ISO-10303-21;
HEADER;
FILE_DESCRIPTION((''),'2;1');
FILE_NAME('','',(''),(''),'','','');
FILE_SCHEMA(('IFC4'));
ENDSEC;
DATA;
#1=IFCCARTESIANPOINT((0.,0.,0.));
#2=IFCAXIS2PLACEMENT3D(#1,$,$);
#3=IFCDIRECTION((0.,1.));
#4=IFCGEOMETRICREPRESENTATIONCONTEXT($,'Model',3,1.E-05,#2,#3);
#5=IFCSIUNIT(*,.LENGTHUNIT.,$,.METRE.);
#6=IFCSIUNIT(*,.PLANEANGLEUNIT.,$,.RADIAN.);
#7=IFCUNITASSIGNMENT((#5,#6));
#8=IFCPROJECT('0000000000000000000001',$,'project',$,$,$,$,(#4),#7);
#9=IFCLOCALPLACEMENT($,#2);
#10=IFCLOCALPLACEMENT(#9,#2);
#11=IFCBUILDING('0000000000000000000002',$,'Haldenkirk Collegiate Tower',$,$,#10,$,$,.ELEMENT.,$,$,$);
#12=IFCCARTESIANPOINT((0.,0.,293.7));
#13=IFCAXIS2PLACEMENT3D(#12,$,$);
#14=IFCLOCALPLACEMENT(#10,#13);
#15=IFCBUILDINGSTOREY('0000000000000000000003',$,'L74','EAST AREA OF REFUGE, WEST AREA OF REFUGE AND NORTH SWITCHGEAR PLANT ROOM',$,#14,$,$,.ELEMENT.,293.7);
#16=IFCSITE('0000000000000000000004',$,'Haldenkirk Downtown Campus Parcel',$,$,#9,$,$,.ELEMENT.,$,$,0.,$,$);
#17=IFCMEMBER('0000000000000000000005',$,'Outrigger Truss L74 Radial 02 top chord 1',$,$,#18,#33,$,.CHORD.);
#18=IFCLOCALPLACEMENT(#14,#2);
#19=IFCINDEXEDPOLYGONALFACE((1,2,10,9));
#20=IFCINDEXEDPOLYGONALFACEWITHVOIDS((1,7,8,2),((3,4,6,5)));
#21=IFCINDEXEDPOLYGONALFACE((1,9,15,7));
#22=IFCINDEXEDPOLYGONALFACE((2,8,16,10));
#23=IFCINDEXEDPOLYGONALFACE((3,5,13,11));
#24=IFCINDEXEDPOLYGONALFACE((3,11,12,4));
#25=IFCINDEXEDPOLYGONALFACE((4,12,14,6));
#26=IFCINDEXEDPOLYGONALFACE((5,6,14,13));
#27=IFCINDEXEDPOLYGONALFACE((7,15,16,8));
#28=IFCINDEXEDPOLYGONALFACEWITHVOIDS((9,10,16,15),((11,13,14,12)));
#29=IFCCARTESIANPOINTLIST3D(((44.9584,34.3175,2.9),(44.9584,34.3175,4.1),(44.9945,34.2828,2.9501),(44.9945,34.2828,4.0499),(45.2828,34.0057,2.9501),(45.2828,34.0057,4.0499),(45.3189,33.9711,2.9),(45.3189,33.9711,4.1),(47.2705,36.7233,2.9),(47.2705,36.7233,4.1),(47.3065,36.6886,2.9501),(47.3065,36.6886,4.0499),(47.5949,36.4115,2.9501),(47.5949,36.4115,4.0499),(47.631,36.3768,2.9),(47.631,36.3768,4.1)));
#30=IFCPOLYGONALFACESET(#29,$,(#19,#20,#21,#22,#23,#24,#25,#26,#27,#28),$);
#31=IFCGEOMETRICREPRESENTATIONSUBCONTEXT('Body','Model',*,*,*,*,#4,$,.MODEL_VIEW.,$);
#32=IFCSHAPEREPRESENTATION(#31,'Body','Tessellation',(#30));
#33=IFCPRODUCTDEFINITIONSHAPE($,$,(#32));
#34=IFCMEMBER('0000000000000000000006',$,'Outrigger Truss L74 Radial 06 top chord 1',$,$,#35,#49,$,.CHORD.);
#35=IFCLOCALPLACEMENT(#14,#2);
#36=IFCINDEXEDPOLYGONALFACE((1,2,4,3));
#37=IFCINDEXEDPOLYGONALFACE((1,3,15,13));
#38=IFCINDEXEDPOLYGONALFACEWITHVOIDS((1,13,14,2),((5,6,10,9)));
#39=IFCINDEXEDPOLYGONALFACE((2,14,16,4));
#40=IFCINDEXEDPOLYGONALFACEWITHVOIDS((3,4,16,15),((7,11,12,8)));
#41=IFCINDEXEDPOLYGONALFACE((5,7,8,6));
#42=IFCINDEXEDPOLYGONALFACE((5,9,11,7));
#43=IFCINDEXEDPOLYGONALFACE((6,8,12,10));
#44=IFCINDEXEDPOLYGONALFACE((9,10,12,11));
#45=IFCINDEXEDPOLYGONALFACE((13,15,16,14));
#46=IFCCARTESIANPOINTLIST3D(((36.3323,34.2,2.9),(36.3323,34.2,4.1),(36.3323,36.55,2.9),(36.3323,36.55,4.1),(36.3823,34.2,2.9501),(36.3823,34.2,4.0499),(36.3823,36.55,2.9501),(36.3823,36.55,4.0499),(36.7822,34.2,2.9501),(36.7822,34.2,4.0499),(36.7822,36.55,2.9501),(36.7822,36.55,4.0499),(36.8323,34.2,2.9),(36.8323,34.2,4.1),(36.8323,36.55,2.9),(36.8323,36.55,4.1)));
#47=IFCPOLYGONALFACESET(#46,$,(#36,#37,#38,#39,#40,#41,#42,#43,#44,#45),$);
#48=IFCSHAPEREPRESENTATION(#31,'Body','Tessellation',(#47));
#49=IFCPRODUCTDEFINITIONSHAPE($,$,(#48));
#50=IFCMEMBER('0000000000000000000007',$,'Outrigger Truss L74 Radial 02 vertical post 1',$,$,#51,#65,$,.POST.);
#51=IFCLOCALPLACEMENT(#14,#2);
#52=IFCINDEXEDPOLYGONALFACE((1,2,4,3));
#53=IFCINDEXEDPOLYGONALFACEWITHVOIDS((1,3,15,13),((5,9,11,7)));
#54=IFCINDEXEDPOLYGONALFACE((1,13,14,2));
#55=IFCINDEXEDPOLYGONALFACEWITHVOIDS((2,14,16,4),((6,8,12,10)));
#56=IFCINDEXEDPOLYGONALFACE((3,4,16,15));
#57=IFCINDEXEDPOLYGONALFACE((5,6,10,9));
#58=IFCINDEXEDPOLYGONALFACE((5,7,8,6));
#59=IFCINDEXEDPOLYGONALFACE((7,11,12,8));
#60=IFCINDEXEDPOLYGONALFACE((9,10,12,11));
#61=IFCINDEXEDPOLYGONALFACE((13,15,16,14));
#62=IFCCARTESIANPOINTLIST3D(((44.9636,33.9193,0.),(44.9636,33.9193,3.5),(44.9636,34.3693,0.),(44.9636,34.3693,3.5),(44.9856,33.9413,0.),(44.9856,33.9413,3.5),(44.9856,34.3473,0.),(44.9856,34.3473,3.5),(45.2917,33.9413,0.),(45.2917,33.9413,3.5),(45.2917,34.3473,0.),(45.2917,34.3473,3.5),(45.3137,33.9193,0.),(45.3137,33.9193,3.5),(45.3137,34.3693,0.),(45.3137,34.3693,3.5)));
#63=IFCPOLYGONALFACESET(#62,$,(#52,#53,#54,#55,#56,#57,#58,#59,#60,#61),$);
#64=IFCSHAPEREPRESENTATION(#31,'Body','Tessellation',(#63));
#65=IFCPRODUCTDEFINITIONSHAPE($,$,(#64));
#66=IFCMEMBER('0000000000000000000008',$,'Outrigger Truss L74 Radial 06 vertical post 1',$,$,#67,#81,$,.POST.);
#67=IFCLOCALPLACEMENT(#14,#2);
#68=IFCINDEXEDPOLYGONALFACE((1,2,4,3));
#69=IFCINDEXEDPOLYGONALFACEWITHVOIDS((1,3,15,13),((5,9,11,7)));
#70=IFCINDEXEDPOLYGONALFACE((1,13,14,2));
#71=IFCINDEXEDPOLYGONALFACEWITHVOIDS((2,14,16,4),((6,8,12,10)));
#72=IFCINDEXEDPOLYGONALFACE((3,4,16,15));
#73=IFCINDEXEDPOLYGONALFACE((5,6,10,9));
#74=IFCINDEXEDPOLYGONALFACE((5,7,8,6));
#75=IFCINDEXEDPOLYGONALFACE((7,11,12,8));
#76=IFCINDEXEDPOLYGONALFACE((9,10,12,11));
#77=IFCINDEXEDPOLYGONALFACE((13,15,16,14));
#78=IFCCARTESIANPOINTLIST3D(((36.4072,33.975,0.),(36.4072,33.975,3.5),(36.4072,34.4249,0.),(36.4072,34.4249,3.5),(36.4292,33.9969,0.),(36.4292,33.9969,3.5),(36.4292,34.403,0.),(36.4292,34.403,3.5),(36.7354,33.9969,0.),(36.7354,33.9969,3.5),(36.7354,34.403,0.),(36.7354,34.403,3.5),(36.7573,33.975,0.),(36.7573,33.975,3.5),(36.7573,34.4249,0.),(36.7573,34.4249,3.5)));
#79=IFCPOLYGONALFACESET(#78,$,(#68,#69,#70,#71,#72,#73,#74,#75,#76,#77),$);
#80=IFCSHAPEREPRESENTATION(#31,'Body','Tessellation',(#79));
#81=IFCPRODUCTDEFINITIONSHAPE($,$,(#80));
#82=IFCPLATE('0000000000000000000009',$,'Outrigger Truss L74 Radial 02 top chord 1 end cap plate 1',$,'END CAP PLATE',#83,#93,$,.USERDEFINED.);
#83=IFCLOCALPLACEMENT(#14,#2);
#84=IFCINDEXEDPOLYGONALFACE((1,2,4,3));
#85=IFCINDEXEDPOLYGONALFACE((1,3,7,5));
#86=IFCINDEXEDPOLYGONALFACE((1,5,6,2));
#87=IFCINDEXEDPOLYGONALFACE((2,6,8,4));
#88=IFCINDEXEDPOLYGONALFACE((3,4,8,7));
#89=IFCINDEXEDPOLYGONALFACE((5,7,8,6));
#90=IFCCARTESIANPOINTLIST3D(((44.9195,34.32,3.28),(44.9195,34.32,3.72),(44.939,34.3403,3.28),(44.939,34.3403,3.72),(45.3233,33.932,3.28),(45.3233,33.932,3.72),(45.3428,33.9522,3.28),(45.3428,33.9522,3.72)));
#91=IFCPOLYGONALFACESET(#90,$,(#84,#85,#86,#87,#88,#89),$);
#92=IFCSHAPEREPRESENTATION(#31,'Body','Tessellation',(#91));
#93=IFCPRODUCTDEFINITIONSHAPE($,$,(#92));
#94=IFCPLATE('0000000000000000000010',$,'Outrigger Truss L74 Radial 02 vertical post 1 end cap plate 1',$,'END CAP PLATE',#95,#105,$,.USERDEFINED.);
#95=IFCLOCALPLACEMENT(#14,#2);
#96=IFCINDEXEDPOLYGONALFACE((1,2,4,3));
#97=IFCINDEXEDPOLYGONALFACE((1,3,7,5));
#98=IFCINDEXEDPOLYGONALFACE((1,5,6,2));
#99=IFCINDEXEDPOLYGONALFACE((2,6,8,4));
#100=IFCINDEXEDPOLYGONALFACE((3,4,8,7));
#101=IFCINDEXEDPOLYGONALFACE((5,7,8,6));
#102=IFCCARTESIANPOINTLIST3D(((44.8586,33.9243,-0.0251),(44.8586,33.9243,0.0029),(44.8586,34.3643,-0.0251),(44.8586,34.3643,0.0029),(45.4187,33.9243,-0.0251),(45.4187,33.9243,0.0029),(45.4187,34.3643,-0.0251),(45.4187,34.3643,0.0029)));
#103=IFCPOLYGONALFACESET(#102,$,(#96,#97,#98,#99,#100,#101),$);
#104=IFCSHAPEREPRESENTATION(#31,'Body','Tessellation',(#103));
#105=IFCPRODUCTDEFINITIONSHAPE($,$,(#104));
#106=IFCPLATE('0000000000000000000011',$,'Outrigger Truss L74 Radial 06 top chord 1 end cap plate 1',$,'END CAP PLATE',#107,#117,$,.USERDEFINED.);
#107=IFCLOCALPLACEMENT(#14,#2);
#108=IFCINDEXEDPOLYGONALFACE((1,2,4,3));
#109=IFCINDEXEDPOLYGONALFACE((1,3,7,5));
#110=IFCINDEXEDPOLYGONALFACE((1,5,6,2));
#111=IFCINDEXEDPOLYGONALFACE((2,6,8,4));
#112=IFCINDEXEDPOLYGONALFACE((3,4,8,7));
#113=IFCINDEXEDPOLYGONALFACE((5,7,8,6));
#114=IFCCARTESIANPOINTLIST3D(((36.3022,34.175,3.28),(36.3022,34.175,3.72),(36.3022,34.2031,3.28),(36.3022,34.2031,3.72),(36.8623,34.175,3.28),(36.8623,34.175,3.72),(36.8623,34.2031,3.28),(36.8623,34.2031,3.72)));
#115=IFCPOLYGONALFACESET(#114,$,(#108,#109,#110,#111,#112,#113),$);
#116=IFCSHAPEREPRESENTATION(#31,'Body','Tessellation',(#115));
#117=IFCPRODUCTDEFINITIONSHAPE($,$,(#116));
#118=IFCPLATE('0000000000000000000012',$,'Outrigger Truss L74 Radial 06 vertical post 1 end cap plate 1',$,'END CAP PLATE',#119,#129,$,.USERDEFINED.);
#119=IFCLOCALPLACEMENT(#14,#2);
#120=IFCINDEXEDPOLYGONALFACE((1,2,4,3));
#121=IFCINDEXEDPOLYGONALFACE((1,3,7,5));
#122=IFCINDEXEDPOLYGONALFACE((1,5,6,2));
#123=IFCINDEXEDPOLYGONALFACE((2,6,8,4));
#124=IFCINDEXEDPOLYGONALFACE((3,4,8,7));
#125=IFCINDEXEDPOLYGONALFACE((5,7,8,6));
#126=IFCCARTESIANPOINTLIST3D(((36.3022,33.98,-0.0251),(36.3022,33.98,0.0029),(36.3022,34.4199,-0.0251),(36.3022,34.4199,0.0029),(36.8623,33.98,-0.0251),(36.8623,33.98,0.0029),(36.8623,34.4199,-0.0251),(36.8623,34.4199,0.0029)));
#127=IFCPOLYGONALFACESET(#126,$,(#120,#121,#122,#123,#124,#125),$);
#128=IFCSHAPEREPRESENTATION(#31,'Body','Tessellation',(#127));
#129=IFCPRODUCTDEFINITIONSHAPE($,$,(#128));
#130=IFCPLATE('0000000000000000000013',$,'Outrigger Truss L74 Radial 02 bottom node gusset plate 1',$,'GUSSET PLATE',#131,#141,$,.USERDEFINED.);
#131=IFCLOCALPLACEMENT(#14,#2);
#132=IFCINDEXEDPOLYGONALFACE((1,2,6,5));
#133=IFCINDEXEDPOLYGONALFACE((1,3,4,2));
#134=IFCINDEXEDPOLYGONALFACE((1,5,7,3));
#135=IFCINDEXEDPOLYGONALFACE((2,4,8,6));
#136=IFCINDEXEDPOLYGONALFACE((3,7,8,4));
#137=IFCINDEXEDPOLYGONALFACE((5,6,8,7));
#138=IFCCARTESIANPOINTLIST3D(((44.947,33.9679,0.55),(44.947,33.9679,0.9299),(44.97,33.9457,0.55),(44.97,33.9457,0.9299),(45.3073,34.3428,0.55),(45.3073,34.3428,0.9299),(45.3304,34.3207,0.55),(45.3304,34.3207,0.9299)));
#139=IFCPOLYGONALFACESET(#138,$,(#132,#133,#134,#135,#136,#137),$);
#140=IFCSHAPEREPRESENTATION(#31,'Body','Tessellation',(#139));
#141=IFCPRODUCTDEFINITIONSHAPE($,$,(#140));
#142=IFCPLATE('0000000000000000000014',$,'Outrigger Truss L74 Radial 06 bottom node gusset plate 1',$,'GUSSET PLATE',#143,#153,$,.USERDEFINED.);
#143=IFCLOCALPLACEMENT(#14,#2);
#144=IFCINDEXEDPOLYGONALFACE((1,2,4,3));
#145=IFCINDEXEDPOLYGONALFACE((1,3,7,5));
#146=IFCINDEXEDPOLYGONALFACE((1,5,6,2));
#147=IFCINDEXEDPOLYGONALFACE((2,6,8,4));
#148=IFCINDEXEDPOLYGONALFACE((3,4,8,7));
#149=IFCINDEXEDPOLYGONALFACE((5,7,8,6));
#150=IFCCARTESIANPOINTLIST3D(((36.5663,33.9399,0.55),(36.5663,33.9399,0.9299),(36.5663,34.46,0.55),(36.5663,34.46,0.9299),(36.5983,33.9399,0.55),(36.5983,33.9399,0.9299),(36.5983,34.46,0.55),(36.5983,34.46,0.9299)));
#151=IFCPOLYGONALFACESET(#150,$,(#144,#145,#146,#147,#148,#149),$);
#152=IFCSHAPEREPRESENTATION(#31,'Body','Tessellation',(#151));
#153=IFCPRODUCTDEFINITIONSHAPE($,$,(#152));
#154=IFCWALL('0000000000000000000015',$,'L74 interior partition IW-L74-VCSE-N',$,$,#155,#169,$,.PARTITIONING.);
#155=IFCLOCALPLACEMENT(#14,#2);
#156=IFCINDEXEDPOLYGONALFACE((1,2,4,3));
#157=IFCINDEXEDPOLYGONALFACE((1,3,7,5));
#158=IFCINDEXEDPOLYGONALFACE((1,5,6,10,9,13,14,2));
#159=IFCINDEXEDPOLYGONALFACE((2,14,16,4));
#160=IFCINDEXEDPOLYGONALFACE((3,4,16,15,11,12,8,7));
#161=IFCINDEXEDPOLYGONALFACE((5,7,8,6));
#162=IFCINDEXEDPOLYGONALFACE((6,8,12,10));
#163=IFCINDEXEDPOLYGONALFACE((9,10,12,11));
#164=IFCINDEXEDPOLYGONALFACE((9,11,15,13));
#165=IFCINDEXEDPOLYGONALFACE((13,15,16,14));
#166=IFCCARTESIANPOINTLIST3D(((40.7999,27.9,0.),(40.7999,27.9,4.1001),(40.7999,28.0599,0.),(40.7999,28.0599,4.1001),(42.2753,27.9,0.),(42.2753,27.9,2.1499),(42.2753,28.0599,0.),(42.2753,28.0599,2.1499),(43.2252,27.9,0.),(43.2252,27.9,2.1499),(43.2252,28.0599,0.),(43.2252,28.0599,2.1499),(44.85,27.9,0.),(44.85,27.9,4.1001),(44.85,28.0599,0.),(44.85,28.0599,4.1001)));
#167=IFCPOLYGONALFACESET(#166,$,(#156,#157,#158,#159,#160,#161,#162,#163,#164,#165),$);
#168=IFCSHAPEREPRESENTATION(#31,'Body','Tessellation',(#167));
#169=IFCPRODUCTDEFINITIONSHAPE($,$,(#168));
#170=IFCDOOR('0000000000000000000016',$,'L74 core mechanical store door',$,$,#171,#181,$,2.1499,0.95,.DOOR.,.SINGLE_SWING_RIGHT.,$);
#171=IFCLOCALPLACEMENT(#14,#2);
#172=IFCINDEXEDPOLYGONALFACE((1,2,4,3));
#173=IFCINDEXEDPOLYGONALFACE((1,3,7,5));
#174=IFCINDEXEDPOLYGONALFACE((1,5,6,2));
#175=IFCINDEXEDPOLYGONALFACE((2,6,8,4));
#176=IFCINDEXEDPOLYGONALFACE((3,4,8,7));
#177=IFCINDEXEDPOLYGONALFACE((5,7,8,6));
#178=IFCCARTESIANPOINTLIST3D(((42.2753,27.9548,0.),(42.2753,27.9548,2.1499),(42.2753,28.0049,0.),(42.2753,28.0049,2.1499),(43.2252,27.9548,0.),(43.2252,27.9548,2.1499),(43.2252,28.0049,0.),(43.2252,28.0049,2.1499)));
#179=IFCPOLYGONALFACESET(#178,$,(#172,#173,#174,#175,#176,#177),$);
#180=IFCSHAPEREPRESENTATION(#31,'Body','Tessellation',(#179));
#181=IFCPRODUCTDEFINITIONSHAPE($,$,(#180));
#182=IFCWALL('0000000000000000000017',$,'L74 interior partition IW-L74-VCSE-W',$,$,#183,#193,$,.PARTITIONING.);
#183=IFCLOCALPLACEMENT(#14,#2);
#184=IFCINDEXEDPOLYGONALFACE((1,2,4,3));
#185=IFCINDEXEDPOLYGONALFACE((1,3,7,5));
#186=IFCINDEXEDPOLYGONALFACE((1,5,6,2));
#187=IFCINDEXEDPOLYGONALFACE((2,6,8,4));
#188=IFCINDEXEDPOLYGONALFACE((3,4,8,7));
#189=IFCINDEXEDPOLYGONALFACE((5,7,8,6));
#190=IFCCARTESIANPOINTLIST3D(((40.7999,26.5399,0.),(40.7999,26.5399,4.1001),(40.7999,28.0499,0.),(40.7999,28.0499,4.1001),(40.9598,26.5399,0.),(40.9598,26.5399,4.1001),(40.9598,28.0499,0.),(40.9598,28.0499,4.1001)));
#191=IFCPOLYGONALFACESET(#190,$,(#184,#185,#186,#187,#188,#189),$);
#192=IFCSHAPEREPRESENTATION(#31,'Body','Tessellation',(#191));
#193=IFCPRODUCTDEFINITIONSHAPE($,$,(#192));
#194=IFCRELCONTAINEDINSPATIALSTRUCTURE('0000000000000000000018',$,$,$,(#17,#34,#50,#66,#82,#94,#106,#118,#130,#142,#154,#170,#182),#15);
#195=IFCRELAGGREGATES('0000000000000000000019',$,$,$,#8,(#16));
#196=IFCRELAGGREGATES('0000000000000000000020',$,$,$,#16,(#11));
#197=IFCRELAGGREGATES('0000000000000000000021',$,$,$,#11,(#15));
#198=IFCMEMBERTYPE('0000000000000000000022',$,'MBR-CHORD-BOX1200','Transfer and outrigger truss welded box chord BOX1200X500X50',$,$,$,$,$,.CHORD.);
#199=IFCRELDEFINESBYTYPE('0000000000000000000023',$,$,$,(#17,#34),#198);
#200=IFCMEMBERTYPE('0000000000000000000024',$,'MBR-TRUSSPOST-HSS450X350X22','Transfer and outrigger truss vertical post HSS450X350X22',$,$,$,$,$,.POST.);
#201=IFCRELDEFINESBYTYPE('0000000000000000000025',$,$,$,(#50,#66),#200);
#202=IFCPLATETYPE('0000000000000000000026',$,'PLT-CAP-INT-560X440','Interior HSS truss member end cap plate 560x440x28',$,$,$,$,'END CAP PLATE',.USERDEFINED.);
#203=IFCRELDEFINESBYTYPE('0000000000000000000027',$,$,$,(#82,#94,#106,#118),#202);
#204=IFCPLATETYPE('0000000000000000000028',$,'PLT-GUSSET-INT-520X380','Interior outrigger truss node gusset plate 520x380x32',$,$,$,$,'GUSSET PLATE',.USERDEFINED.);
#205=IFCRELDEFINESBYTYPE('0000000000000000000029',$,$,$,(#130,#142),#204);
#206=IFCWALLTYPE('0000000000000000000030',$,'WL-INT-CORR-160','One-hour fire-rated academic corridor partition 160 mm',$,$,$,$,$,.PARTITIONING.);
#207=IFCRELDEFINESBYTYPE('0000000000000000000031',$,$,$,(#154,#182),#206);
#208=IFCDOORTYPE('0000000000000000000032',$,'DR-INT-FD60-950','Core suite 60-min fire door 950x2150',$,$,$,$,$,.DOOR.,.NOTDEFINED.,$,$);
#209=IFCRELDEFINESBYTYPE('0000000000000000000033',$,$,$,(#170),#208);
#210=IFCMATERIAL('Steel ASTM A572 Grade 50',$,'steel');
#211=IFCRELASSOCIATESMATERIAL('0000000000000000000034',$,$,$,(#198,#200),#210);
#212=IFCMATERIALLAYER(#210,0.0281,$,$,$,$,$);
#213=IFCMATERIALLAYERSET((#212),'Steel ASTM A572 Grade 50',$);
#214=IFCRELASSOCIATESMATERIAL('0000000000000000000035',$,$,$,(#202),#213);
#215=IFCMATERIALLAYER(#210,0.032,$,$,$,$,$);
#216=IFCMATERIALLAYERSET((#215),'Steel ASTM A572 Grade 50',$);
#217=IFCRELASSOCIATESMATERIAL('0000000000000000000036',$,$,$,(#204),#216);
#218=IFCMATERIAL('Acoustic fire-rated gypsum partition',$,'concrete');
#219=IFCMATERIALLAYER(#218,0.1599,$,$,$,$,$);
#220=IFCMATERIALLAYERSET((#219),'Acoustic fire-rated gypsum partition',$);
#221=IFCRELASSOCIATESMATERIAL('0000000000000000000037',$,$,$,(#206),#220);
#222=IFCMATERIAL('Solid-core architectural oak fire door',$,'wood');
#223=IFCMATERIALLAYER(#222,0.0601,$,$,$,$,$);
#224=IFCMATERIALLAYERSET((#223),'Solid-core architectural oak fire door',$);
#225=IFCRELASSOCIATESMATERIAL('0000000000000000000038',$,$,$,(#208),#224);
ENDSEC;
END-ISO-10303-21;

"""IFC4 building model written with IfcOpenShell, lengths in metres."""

from ifc_helpers import new_model, si_unit, direction, frame, frame_2d, origin, origin_2d, place, context, subcontext, project, spatial, rectangle, hollow_rectangle, extrude, source, transform, mapped, material, layer, layer_set, material_profile, profile_set, type_object, element, fill, save


model = new_model("IFC4")

# Units and contexts
model_context = context("Model", 3, precision=1e-05, world=origin(), true_north=direction((0.0, 1.0)))
body_context = subcontext(model_context, "Body", "Model", "MODEL_VIEW")
ifc_project = project(units=[si_unit("LENGTHUNIT", "METRE"), si_unit("PLANEANGLEUNIT", "RADIAN")], contexts=[model_context])

# Site, building, storey
site_placement = place(None, origin())
site = spatial("IfcSite", under=ifc_project, at=site_placement, Name="Haldenkirk Downtown Campus Parcel", CompositionType="ELEMENT", RefElevation=0.0)
building_placement = place(site_placement, origin())
building = spatial("IfcBuilding", under=site, at=building_placement, Name="Haldenkirk Collegiate Tower", CompositionType="ELEMENT")
storey_placement = place(building_placement, frame((0.0, 0.0, 293.7)))
storey = spatial("IfcBuildingStorey", under=building, at=storey_placement, Name="L74", Description="EAST AREA OF REFUGE, WEST AREA OF REFUGE AND NORTH SWITCHGEAR PLANT ROOM", CompositionType="ELEMENT", Elevation=293.7)

# Members
ifc_material_1 = material(Name="Steel ASTM A572 Grade 50", Category="steel")
ifc_material_profile_1 = material_profile(ifc_material_1, hollow_rectangle(XDim=0.5, YDim=1.2, WallThickness=0.05, at=origin_2d()), Name="BOX1200X500X50")
ifc_profile_set_1 = profile_set([ifc_material_profile_1], Name="Steel ASTM A572 Grade 50")
member_type_1 = type_object("IfcMemberType", Name="MBR-CHORD-BOX1200", Description="Transfer and outrigger truss welded box chord BOX1200X500X50", PredefinedType="CHORD", material=ifc_profile_set_1)
member_1_placement = place(storey_placement, frame((45.1387, 34.1443, 3.5), z_axis=(0.692919, 0.721016, 0.0), x_axis=(-0.721016, 0.692919, 0.0)))
element("IfcMember", 1, at=member_1_placement, inside=storey, type_object=member_type_1, Name="Outrigger Truss L74 Radial 02 top chord 1", PredefinedType="CHORD", context=body_context, shape_type="SweptSolid", body=[
    extrude(hollow_rectangle(XDim=0.5, YDim=1.2, WallThickness=0.05, at=origin_2d()), origin(), (0.0, 0.0, 1.0), 3.3367),
])
member_2_placement = place(storey_placement, frame((36.5823, 34.2, 3.5), z_axis=(0.0, 1.0, 0.0), x_axis=(-1.0, 0.0, 0.0)))
element("IfcMember", 2, at=member_2_placement, inside=storey, type_object=member_type_1, Name="Outrigger Truss L74 Radial 06 top chord 1", PredefinedType="CHORD", context=body_context, shape_type="SweptSolid", body=[
    extrude(hollow_rectangle(XDim=0.5, YDim=1.2, WallThickness=0.05, at=origin_2d()), origin(), (0.0, 0.0, 1.0), 2.3501),
])
ifc_material_profile_2 = material_profile(ifc_material_1, hollow_rectangle(XDim=0.3501, YDim=0.45, WallThickness=0.022, at=origin_2d()), Name="HSS450X350X22")
ifc_profile_set_2 = profile_set([ifc_material_profile_2], Name="Steel ASTM A572 Grade 50")
member_type_2 = type_object("IfcMemberType", Name="MBR-TRUSSPOST-HSS450X350X22", Description="Transfer and outrigger truss vertical post HSS450X350X22", PredefinedType="POST", material=ifc_profile_set_2)
for number, where, z_axis, x_axis, name in (
    (3, (45.1387, 34.1443, 0.0), (0.0, 0.0, 1.0), (1.0, 0.0, 0.0), "Outrigger Truss L74 Radial 02 vertical post 1"),
    (4, (36.5823, 34.2, 0.0), (0.0, 0.0, 1.0), (1.0, 0.0, 0.0), "Outrigger Truss L74 Radial 06 vertical post 1"),
):
    element("IfcMember", number, at=place(storey_placement, frame(where, z_axis=z_axis, x_axis=x_axis)), inside=storey, type_object=member_type_2, Name=name, PredefinedType="POST", context=body_context, shape_type="SweptSolid", body=[
        extrude(hollow_rectangle(XDim=0.3501, YDim=0.45, WallThickness=0.022, at=origin_2d()), origin(), (0.0, 0.0, 1.0), 3.5),
    ])

# Plates
ifc_layer_1 = layer(ifc_material_1, 0.0281)
ifc_layer_set_1 = layer_set([ifc_layer_1], Name="Steel ASTM A572 Grade 50")
plate_type_1 = type_object("IfcPlateType", Name="PLT-CAP-INT-560X440", Description="Interior HSS truss member end cap plate 560x440x28", ElementType="END CAP PLATE", PredefinedType="USERDEFINED", material=ifc_layer_set_1)
shared_shape_1 = source(origin(), body_context, "Body", "SweptSolid", [
    extrude(rectangle(XDim=0.5601, YDim=0.4399, at=origin_2d()), origin(), (0.0, 0.0, 1.0), 0.0281),
])
for number, where, z_axis, x_axis, name in (
    (5, (45.1409, 34.1462, 3.5), (-0.692942, -0.720993, 0.0), (0.720993, -0.692942, 0.0), "Outrigger Truss L74 Radial 02 top chord 1 end cap plate 1"),
    (6, (45.1387, 34.1443, 0.0029), (0.0, 0.0, -1.0), (1.0, 0.0, 0.0), "Outrigger Truss L74 Radial 02 vertical post 1 end cap plate 1"),
    (7, (36.5823, 34.2031, 3.5), (0.0, -1.0, 0.0), (1.0, 0.0, 0.0), "Outrigger Truss L74 Radial 06 top chord 1 end cap plate 1"),
    (8, (36.5823, 34.2, 0.0029), (0.0, 0.0, -1.0), (1.0, 0.0, 0.0), "Outrigger Truss L74 Radial 06 vertical post 1 end cap plate 1"),
):
    element("IfcPlate", number, at=place(storey_placement, frame(where, z_axis=z_axis, x_axis=x_axis)), inside=storey, type_object=plate_type_1, Name=name, ObjectType="END CAP PLATE", PredefinedType="USERDEFINED", context=body_context, shape_type="MappedRepresentation", body=[
        mapped(shared_shape_1, transform((0.0, 0.0, 0.0), x_axis=(1.0, 0.0, 0.0), y_axis=(0.0, 1.0, 0.0), z_axis=(0.0, 0.0, 1.0), scale=1.0)),
    ])
ifc_layer_2 = layer(ifc_material_1, 0.032)
ifc_layer_set_2 = layer_set([ifc_layer_2], Name="Steel ASTM A572 Grade 50")
plate_type_2 = type_object("IfcPlateType", Name="PLT-GUSSET-INT-520X380", Description="Interior outrigger truss node gusset plate 520x380x32", ElementType="GUSSET PLATE", PredefinedType="USERDEFINED", material=ifc_layer_set_2)
shared_shape_2 = source(origin(), body_context, "Body", "SweptSolid", [
    extrude(rectangle(XDim=0.52, YDim=0.032, at=origin_2d()), origin(), (0.0, 0.0, 1.0), 0.3799),
])
for number, where, z_axis, x_axis, name in (
    (9, (45.1387, 34.1443, 0.55), (0.0, 0.0, 1.0), (0.692946, 0.720989, 0.0), "Outrigger Truss L74 Radial 02 bottom node gusset plate 1"),
    (10, (36.5823, 34.2, 0.55), (0.0, 0.0, 1.0), (0.0, 1.0, 0.0), "Outrigger Truss L74 Radial 06 bottom node gusset plate 1"),
):
    element("IfcPlate", number, at=place(storey_placement, frame(where, z_axis=z_axis, x_axis=x_axis)), inside=storey, type_object=plate_type_2, Name=name, ObjectType="GUSSET PLATE", PredefinedType="USERDEFINED", context=body_context, shape_type="MappedRepresentation", body=[
        mapped(shared_shape_2, transform((0.0, 0.0, 0.0), x_axis=(1.0, 0.0, 0.0), y_axis=(0.0, 1.0, 0.0), z_axis=(0.0, 0.0, 1.0), scale=1.0)),
    ])

# Wall, opening, door
ifc_material_2 = material(Name="Acoustic fire-rated gypsum partition", Category="concrete")
ifc_layer_3 = layer(ifc_material_2, 0.1599)
ifc_layer_set_3 = layer_set([ifc_layer_3], Name="Acoustic fire-rated gypsum partition")
wall_type_1 = type_object("IfcWallType", Name="WL-INT-CORR-160", Description="One-hour fire-rated academic corridor partition 160 mm", PredefinedType="PARTITIONING", material=ifc_layer_set_3)
wall_1_placement = place(storey_placement, frame((40.8, 27.98, 0.0), z_axis=(0.0, 0.0, 1.0), x_axis=(1.0, 0.0, 0.0)))
wall_1 = element("IfcWall", 11, at=wall_1_placement, inside=storey, type_object=wall_type_1, Name="L74 interior partition IW-L74-VCSE-N", PredefinedType="PARTITIONING", context=body_context, shape_type="SweptSolid", body=[
    extrude(rectangle(XDim=4.05, YDim=0.1599, at=frame_2d((2.0249, 0.0))), origin(), (0.0, 0.0, 1.0), 4.1001),
])
opening_1_placement = place(wall_1_placement, frame((1.4751, 0.0, 0.0)))
opening_1 = element("IfcOpeningElement", 12, at=opening_1_placement, cuts=wall_1, PredefinedType="OPENING", context=body_context, shape_type="SweptSolid", body=[
    extrude(rectangle(XDim=0.95, YDim=2.1499, at=frame_2d((0.4751, 1.075))), frame((0.0, 0.0898, 0.0), z_axis=(0.0, -1.0, 0.0), x_axis=(1.0, 0.0, 0.0)), (0.0, 0.0, 1.0), 0.1799),
])
ifc_material_3 = material(Name="Solid-core architectural oak fire door", Category="wood")
ifc_layer_4 = layer(ifc_material_3, 0.0601)
ifc_layer_set_4 = layer_set([ifc_layer_4], Name="Solid-core architectural oak fire door")
door_type = type_object("IfcDoorType", Name="DR-INT-FD60-950", Description="Core suite 60-min fire door 950x2150", OperationType="NOTDEFINED", PredefinedType="DOOR", material=ifc_layer_set_4)
door_1_placement = place(opening_1_placement, origin())
door_1 = element("IfcDoor", 13, at=door_1_placement, inside=storey, type_object=door_type, Name="L74 core mechanical store door", OperationType="SINGLE_SWING_RIGHT", OverallHeight=2.1499, OverallWidth=0.95, PredefinedType="DOOR", context=body_context, shape_type="SweptSolid", body=[
    extrude(rectangle(XDim=0.95, YDim=2.1499, at=frame_2d((0.4751, 1.075))), frame((0.0, 0.0249, 0.0), z_axis=(0.0, -1.0, 0.0), x_axis=(1.0, 0.0, 0.0)), (0.0, 0.0, 1.0), 0.05),
])
fill(opening_1, door_1)

# Wall
wall_2_placement = place(storey_placement, frame((40.8799, 26.54, 0.0), z_axis=(0.0, 0.0, 1.0), x_axis=(0.0, 1.0, 0.0)))
element("IfcWall", 14, at=wall_2_placement, inside=storey, type_object=wall_type_1, Name="L74 interior partition IW-L74-VCSE-W", PredefinedType="PARTITIONING", context=body_context, shape_type="SweptSolid", body=[
    extrude(rectangle(XDim=1.51, YDim=0.1599, at=frame_2d((0.7549, 0.0))), origin(), (0.0, 0.0, 1.0), 4.1001),
])

save(model, "model.ifc")
